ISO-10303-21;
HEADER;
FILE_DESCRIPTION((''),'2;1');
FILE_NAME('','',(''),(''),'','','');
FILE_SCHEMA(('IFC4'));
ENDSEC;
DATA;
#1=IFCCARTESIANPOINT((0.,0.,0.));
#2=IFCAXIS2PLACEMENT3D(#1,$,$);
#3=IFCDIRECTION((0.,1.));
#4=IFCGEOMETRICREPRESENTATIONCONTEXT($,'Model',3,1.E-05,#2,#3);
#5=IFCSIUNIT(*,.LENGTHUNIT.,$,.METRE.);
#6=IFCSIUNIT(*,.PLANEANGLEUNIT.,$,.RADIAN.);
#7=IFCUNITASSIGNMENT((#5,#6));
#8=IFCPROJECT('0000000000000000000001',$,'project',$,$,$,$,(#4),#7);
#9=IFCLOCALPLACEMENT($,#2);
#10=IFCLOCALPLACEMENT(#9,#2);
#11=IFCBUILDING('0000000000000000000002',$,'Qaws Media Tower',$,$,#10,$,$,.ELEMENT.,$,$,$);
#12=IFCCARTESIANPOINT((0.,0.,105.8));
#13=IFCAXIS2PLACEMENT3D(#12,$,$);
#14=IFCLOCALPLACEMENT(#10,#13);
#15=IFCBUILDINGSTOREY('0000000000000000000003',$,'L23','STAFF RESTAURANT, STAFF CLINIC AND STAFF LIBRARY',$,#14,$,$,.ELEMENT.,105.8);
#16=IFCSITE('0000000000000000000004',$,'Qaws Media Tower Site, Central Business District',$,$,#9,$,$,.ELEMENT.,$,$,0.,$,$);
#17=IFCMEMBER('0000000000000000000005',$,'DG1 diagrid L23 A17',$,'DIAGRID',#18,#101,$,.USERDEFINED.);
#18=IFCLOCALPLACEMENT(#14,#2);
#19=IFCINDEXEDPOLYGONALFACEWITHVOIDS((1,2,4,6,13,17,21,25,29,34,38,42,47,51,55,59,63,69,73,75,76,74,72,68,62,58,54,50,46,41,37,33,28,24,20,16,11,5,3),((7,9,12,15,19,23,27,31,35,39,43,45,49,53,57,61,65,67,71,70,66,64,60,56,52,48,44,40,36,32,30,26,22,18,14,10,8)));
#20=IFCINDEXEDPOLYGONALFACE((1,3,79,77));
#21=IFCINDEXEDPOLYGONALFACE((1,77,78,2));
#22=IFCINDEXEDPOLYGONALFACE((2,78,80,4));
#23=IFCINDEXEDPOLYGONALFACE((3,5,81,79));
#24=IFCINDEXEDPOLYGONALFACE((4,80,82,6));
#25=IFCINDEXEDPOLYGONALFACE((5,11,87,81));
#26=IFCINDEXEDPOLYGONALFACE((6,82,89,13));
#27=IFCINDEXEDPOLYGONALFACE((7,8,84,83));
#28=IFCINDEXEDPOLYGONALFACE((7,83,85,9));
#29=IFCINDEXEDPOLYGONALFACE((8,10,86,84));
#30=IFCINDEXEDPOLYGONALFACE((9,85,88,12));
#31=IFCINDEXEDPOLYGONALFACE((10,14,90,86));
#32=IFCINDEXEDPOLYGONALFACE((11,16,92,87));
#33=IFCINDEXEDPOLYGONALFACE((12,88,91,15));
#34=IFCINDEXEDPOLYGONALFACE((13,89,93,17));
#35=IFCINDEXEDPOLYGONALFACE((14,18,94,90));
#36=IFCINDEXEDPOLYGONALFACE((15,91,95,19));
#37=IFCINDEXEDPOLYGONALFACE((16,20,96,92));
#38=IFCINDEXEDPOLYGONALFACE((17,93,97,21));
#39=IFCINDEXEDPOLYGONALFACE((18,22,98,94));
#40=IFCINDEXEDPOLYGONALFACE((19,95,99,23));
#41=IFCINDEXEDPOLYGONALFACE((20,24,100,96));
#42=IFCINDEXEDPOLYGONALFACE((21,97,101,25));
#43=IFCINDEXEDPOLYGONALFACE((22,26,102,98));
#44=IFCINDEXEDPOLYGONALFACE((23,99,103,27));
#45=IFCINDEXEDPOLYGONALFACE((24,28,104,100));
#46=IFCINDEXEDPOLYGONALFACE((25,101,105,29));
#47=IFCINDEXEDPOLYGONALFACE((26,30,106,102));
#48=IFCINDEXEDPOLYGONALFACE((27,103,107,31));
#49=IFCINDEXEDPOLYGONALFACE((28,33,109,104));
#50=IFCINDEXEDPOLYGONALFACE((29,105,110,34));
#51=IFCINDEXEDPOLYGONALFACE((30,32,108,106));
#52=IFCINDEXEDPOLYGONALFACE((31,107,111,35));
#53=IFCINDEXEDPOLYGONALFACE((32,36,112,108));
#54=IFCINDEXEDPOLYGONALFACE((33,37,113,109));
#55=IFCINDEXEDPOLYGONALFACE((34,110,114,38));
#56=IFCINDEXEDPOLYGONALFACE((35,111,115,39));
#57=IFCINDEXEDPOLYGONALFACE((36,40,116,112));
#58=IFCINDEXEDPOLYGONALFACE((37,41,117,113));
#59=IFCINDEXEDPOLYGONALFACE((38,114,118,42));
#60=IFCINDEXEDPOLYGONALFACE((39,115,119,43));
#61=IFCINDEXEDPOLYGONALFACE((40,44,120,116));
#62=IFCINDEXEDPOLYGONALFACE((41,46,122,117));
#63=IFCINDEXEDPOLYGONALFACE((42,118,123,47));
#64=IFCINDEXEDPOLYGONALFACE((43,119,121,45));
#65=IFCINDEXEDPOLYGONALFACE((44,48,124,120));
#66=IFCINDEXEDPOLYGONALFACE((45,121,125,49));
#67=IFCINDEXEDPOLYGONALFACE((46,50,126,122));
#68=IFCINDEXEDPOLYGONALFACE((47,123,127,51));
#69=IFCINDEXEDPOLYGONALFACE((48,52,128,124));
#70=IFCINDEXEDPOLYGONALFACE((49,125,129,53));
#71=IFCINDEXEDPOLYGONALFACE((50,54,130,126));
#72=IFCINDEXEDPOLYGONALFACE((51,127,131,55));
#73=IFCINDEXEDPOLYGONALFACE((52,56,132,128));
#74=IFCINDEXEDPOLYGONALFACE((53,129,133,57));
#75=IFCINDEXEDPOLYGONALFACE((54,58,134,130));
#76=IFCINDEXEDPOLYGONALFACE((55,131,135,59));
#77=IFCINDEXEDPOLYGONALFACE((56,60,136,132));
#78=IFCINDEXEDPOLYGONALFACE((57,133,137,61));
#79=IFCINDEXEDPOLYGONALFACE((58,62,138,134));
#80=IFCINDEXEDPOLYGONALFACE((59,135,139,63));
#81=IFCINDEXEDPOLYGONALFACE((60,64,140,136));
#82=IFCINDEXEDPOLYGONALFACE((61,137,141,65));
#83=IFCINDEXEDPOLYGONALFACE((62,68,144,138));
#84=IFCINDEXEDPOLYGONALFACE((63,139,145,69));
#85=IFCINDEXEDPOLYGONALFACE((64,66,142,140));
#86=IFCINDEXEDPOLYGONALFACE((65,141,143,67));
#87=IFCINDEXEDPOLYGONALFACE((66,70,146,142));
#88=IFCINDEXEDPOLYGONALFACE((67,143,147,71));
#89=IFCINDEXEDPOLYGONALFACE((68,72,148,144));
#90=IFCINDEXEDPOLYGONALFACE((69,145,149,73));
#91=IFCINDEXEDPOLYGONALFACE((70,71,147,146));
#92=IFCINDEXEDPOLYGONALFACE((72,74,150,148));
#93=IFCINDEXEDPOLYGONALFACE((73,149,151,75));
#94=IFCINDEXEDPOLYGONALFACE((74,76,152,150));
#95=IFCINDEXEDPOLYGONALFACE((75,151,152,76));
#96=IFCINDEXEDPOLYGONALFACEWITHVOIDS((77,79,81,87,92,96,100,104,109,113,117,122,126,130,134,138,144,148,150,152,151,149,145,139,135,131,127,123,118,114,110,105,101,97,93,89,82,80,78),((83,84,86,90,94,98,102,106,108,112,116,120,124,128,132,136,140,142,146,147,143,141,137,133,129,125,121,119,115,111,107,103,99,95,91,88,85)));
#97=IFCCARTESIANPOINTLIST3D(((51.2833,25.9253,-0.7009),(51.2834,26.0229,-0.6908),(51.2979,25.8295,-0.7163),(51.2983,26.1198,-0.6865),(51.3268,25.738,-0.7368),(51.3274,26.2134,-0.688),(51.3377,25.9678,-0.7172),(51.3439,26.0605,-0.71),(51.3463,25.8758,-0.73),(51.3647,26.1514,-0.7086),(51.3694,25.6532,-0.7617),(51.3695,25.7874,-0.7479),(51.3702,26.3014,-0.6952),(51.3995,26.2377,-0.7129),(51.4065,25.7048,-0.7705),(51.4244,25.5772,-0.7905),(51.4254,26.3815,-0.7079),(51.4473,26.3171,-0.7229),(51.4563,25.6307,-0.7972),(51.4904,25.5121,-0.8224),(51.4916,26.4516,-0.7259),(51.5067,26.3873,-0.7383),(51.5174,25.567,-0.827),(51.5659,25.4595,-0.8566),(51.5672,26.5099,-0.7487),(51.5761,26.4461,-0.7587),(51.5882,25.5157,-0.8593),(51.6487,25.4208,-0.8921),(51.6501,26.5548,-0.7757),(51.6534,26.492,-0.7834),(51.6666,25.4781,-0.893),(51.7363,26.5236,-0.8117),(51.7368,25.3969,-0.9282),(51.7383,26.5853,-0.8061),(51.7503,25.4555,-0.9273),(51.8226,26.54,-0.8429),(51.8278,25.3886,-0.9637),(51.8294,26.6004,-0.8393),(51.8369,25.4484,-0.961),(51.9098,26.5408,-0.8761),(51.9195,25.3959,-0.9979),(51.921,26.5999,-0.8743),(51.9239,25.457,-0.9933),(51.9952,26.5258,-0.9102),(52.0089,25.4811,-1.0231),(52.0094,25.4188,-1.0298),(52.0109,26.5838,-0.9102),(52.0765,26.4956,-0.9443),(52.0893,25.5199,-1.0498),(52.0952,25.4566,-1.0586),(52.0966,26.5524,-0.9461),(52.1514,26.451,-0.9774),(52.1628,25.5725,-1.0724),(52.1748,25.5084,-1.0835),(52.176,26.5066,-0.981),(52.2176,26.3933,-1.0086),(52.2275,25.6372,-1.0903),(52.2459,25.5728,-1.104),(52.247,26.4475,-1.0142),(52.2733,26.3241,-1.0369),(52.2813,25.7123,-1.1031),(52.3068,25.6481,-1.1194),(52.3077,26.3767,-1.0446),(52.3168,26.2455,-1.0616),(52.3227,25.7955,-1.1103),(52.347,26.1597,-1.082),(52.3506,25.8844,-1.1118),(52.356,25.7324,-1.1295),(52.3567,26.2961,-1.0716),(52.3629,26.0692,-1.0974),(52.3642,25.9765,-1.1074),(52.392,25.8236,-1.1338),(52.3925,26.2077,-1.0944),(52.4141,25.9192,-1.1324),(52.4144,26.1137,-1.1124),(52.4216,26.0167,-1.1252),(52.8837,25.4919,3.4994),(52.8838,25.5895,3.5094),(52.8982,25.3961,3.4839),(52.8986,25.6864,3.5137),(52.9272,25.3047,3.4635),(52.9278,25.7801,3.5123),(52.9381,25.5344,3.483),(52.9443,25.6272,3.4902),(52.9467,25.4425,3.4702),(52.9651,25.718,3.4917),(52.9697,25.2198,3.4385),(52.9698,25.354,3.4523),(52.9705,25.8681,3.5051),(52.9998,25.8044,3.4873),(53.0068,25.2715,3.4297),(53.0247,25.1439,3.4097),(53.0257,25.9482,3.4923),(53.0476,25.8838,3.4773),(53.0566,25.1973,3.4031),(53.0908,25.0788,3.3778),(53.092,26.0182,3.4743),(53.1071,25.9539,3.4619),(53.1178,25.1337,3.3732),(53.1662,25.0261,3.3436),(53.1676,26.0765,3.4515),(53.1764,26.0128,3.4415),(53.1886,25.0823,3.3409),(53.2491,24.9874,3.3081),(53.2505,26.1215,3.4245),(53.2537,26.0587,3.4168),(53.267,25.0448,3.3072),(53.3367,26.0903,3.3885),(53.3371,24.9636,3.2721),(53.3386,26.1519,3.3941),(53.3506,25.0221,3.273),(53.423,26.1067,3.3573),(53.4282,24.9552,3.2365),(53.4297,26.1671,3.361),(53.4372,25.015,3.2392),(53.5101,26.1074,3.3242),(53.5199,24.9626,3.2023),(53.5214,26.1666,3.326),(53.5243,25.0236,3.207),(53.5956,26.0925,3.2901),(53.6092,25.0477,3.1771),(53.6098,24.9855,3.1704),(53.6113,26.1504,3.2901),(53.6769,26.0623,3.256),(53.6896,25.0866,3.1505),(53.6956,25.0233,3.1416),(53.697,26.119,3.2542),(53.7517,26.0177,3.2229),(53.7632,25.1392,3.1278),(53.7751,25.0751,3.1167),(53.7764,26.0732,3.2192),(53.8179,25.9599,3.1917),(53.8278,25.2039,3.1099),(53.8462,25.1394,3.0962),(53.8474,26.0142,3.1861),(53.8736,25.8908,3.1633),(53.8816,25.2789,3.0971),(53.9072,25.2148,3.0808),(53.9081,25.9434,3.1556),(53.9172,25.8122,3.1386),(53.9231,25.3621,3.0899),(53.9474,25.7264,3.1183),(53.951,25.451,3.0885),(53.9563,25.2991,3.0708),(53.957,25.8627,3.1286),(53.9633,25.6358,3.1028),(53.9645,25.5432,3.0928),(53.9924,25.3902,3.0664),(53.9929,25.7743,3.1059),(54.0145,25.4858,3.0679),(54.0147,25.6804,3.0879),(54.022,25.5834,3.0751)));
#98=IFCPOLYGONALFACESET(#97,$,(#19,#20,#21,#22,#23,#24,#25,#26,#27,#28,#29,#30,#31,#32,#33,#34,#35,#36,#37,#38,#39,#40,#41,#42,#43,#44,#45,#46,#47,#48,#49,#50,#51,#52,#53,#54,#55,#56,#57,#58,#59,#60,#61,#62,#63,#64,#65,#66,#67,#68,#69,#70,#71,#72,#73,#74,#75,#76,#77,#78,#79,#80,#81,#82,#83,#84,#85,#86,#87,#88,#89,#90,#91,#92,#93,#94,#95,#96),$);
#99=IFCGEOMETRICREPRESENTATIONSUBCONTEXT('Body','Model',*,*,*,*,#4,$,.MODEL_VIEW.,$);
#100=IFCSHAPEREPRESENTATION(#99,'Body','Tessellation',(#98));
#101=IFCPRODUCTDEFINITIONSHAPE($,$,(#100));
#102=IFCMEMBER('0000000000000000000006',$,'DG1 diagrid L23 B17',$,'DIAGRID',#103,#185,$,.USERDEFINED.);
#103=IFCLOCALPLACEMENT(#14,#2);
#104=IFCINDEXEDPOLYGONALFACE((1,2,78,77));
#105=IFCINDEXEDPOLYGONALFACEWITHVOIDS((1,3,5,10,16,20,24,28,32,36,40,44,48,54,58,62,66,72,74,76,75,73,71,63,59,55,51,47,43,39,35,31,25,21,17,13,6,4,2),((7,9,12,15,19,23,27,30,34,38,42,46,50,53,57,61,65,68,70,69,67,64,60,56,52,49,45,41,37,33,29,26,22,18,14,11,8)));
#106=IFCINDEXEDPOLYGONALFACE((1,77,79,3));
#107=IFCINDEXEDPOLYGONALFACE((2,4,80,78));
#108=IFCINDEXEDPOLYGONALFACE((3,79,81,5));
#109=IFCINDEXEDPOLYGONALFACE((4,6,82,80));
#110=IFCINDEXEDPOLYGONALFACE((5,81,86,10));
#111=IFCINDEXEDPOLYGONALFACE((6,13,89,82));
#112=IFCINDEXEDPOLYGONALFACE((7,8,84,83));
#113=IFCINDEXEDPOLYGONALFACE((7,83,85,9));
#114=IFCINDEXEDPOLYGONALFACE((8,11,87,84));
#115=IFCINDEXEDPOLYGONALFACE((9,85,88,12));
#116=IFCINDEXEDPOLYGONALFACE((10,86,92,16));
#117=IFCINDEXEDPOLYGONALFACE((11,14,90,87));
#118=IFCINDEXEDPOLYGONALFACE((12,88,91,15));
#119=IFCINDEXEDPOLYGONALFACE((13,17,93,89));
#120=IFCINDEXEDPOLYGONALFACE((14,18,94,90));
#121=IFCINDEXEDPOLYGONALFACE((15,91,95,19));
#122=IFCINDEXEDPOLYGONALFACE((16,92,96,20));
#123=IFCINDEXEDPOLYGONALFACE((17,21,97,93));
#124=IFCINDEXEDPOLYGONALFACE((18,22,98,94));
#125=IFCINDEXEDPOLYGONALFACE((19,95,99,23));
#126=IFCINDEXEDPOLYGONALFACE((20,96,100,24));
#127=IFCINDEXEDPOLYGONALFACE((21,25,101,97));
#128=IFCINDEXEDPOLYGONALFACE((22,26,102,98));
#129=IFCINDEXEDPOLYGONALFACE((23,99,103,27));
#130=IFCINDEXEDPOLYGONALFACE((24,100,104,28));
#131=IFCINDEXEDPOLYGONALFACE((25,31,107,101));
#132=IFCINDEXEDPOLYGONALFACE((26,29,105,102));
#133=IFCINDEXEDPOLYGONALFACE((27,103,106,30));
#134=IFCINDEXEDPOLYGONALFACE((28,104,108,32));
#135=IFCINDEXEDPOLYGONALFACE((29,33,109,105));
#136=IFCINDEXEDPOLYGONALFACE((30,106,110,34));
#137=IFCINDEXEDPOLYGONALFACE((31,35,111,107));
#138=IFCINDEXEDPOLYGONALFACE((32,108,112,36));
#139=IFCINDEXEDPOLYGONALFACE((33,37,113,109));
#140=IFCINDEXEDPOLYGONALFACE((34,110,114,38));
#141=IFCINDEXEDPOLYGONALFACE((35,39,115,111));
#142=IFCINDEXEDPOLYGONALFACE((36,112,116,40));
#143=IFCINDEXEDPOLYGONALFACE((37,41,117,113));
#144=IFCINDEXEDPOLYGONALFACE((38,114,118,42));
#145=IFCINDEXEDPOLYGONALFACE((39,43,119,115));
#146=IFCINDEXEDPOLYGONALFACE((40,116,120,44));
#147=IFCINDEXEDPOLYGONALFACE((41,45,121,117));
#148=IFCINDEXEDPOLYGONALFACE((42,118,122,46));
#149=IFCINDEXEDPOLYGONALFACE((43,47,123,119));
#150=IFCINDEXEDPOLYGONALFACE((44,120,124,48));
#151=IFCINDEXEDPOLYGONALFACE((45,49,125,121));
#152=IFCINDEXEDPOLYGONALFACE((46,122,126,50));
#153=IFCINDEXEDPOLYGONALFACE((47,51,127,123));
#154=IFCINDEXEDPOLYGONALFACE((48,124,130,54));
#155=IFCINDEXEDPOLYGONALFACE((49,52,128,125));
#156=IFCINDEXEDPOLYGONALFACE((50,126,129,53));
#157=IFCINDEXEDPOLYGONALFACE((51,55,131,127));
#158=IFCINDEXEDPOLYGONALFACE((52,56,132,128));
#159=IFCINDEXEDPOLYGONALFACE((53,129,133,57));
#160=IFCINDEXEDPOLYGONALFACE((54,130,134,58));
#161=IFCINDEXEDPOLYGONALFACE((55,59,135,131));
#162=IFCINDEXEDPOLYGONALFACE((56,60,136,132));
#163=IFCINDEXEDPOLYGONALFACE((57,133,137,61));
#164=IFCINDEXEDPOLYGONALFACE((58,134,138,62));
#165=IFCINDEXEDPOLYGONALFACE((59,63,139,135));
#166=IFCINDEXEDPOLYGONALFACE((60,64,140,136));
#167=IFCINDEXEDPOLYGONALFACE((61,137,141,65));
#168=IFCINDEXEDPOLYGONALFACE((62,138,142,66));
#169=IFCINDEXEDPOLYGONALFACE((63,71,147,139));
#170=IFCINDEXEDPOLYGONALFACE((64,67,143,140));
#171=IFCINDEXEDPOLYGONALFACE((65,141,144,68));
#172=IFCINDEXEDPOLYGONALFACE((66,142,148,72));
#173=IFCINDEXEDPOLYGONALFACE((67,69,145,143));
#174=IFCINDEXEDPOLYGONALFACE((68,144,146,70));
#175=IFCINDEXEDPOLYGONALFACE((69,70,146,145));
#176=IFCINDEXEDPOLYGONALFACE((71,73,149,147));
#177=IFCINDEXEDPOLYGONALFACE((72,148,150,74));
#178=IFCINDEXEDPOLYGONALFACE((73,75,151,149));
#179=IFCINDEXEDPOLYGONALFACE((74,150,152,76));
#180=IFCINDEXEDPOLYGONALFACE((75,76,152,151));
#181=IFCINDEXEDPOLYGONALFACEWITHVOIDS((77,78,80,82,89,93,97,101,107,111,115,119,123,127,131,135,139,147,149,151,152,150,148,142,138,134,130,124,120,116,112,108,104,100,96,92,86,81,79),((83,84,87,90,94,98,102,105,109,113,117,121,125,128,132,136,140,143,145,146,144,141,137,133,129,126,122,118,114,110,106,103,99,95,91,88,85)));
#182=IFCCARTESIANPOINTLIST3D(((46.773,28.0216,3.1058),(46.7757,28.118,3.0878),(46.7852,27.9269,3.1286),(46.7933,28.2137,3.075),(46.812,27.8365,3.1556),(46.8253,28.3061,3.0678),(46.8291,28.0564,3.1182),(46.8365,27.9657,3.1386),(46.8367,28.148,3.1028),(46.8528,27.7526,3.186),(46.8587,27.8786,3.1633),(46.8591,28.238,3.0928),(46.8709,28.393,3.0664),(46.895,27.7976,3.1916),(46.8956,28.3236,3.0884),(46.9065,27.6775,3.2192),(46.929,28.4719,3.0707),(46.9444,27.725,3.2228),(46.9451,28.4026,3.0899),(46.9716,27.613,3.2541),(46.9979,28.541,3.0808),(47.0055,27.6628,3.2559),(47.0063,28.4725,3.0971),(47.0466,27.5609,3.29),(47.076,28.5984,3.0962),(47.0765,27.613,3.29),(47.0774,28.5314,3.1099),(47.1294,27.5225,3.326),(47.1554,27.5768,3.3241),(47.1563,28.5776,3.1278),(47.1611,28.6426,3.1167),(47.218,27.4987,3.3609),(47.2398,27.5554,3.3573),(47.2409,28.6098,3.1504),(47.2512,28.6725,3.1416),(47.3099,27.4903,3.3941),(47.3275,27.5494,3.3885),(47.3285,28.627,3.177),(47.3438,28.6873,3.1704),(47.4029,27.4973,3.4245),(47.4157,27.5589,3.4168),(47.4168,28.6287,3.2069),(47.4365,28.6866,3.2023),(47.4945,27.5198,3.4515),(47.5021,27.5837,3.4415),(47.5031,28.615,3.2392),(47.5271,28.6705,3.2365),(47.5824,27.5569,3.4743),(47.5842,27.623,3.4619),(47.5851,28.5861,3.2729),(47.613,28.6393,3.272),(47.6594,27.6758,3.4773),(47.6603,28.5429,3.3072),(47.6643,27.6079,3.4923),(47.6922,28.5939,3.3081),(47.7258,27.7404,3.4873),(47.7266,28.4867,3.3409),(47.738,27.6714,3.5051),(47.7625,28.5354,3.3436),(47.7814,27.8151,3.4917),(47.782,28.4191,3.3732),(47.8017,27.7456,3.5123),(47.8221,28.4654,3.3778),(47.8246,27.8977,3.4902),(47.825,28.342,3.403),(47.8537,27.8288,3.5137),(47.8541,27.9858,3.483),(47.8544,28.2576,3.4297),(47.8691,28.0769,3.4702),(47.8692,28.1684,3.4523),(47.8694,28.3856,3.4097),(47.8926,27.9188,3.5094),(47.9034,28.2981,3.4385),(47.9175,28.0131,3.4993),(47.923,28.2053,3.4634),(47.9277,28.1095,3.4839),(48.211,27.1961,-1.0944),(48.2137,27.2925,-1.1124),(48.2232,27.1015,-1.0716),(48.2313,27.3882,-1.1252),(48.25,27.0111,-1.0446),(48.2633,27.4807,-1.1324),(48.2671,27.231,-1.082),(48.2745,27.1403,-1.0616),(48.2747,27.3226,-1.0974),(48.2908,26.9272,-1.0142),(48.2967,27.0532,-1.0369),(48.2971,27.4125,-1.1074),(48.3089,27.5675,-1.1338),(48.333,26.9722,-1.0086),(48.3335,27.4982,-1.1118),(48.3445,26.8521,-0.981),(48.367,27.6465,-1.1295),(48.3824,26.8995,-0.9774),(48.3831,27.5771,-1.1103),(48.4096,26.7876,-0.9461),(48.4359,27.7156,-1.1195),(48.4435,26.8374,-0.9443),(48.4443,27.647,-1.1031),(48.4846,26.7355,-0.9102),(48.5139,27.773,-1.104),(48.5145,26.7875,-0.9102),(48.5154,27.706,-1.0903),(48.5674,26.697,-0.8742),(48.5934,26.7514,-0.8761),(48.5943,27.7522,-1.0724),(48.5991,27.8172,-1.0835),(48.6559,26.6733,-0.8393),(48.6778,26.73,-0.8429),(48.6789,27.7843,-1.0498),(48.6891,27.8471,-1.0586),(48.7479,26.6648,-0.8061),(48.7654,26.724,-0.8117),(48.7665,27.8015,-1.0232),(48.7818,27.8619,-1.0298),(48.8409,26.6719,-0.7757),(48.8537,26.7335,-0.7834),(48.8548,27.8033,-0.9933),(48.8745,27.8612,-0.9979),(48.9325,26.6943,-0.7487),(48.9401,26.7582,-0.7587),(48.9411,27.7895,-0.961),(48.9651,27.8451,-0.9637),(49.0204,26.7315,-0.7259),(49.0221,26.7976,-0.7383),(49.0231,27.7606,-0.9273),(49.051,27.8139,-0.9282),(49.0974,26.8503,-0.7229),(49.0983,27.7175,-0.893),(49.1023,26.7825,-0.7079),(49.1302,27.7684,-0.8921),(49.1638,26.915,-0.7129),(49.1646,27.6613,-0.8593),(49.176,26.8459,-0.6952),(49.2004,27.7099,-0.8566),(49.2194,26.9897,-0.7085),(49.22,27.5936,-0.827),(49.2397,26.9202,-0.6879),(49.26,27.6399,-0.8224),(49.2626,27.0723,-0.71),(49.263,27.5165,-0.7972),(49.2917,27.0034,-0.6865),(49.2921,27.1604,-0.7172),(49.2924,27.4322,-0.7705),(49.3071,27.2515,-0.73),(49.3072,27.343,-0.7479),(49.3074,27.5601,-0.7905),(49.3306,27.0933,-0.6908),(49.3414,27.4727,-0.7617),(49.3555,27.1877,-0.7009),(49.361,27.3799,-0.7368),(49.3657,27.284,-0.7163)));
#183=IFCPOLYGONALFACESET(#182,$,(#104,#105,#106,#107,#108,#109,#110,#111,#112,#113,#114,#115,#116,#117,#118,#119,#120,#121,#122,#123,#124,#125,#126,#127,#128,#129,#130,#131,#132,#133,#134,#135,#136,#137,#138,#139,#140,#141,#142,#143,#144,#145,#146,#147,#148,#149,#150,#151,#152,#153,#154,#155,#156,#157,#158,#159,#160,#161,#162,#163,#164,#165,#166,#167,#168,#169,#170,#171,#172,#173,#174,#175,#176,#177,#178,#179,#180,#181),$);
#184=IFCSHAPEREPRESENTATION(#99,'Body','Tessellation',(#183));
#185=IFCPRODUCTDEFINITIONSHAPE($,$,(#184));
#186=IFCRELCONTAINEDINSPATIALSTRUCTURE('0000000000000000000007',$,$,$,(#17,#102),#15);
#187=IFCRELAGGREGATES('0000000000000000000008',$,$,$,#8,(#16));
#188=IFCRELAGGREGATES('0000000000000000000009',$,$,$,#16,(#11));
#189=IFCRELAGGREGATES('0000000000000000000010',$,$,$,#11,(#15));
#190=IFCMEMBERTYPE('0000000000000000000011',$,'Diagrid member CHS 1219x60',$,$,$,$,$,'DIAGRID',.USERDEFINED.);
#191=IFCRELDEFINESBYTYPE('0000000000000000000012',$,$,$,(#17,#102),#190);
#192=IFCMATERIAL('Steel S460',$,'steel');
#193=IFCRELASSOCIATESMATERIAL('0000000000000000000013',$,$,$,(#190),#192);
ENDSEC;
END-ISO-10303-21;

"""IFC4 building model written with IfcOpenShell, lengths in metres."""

from ifc_helpers import new_model, si_unit, direction, frame, origin, origin_2d, place, context, subcontext, project, spatial, hollow_circle, extrude, material, material_profile, profile_set, type_object, element, save


model = new_model("IFC4")

# Units and contexts
model_context = context("Model", 3, precision=1e-05, world=origin(), true_north=direction((0.0, 1.0)))
body_context = subcontext(model_context, "Body", "Model", "MODEL_VIEW")
ifc_project = project(units=[si_unit("LENGTHUNIT", "METRE"), si_unit("PLANEANGLEUNIT", "RADIAN")], contexts=[model_context])

# Site, building, storey
site_placement = place(None, origin())
site = spatial("IfcSite", under=ifc_project, at=site_placement, Name="Qaws Media Tower Site, Central Business District", CompositionType="ELEMENT", RefElevation=0.0)
building_placement = place(site_placement, origin())
building = spatial("IfcBuilding", under=site, at=building_placement, Name="Qaws Media Tower", CompositionType="ELEMENT")
storey_placement = place(building_placement, frame((0.0, 0.0, 105.8)))
storey = spatial("IfcBuildingStorey", under=building, at=storey_placement, Name="L23", Description="STAFF RESTAURANT, STAFF CLINIC AND STAFF LIBRARY", CompositionType="ELEMENT", Elevation=105.8)

# Members
ifc_material_1 = material(Name="Steel S460", Category="steel")
ifc_material_profile_1 = material_profile(ifc_material_1, hollow_circle(Radius=0.6096, WallThickness=0.0601, at=origin_2d()), Name="CHS 1219x60")
ifc_profile_set_1 = profile_set([ifc_material_profile_1], Name="Steel S460")
member_type_1 = type_object("IfcMemberType", Name="Diagrid member CHS 1219x60", ElementType="DIAGRID", PredefinedType="USERDEFINED", material=ifc_profile_set_1)
for number, where, z_axis, x_axis, name in (
    (1, (51.8516, 25.9954, -0.9102), (0.354404, -0.095968, 0.930155), (0.261373, 0.965238, 0.0), "DG1 diagrid L23 A17"),
    (2, (48.7881, 27.2642, -0.9102), (-0.318448, 0.182797, 0.930149), (-0.497835, -0.867272, 0.0), "DG1 diagrid L23 B17"),
):
    element("IfcMember", number, at=place(storey_placement, frame(where, z_axis=z_axis, x_axis=x_axis)), inside=storey, type_object=member_type_1, Name=name, ObjectType="DIAGRID", PredefinedType="USERDEFINED", context=body_context, shape_type="SweptSolid", body=[
        extrude(hollow_circle(Radius=0.6096, WallThickness=0.0601, at=origin_2d()), origin(), (0.0, 0.0, 1.0), 4.5156),
    ])

save(model, "model.ifc")
